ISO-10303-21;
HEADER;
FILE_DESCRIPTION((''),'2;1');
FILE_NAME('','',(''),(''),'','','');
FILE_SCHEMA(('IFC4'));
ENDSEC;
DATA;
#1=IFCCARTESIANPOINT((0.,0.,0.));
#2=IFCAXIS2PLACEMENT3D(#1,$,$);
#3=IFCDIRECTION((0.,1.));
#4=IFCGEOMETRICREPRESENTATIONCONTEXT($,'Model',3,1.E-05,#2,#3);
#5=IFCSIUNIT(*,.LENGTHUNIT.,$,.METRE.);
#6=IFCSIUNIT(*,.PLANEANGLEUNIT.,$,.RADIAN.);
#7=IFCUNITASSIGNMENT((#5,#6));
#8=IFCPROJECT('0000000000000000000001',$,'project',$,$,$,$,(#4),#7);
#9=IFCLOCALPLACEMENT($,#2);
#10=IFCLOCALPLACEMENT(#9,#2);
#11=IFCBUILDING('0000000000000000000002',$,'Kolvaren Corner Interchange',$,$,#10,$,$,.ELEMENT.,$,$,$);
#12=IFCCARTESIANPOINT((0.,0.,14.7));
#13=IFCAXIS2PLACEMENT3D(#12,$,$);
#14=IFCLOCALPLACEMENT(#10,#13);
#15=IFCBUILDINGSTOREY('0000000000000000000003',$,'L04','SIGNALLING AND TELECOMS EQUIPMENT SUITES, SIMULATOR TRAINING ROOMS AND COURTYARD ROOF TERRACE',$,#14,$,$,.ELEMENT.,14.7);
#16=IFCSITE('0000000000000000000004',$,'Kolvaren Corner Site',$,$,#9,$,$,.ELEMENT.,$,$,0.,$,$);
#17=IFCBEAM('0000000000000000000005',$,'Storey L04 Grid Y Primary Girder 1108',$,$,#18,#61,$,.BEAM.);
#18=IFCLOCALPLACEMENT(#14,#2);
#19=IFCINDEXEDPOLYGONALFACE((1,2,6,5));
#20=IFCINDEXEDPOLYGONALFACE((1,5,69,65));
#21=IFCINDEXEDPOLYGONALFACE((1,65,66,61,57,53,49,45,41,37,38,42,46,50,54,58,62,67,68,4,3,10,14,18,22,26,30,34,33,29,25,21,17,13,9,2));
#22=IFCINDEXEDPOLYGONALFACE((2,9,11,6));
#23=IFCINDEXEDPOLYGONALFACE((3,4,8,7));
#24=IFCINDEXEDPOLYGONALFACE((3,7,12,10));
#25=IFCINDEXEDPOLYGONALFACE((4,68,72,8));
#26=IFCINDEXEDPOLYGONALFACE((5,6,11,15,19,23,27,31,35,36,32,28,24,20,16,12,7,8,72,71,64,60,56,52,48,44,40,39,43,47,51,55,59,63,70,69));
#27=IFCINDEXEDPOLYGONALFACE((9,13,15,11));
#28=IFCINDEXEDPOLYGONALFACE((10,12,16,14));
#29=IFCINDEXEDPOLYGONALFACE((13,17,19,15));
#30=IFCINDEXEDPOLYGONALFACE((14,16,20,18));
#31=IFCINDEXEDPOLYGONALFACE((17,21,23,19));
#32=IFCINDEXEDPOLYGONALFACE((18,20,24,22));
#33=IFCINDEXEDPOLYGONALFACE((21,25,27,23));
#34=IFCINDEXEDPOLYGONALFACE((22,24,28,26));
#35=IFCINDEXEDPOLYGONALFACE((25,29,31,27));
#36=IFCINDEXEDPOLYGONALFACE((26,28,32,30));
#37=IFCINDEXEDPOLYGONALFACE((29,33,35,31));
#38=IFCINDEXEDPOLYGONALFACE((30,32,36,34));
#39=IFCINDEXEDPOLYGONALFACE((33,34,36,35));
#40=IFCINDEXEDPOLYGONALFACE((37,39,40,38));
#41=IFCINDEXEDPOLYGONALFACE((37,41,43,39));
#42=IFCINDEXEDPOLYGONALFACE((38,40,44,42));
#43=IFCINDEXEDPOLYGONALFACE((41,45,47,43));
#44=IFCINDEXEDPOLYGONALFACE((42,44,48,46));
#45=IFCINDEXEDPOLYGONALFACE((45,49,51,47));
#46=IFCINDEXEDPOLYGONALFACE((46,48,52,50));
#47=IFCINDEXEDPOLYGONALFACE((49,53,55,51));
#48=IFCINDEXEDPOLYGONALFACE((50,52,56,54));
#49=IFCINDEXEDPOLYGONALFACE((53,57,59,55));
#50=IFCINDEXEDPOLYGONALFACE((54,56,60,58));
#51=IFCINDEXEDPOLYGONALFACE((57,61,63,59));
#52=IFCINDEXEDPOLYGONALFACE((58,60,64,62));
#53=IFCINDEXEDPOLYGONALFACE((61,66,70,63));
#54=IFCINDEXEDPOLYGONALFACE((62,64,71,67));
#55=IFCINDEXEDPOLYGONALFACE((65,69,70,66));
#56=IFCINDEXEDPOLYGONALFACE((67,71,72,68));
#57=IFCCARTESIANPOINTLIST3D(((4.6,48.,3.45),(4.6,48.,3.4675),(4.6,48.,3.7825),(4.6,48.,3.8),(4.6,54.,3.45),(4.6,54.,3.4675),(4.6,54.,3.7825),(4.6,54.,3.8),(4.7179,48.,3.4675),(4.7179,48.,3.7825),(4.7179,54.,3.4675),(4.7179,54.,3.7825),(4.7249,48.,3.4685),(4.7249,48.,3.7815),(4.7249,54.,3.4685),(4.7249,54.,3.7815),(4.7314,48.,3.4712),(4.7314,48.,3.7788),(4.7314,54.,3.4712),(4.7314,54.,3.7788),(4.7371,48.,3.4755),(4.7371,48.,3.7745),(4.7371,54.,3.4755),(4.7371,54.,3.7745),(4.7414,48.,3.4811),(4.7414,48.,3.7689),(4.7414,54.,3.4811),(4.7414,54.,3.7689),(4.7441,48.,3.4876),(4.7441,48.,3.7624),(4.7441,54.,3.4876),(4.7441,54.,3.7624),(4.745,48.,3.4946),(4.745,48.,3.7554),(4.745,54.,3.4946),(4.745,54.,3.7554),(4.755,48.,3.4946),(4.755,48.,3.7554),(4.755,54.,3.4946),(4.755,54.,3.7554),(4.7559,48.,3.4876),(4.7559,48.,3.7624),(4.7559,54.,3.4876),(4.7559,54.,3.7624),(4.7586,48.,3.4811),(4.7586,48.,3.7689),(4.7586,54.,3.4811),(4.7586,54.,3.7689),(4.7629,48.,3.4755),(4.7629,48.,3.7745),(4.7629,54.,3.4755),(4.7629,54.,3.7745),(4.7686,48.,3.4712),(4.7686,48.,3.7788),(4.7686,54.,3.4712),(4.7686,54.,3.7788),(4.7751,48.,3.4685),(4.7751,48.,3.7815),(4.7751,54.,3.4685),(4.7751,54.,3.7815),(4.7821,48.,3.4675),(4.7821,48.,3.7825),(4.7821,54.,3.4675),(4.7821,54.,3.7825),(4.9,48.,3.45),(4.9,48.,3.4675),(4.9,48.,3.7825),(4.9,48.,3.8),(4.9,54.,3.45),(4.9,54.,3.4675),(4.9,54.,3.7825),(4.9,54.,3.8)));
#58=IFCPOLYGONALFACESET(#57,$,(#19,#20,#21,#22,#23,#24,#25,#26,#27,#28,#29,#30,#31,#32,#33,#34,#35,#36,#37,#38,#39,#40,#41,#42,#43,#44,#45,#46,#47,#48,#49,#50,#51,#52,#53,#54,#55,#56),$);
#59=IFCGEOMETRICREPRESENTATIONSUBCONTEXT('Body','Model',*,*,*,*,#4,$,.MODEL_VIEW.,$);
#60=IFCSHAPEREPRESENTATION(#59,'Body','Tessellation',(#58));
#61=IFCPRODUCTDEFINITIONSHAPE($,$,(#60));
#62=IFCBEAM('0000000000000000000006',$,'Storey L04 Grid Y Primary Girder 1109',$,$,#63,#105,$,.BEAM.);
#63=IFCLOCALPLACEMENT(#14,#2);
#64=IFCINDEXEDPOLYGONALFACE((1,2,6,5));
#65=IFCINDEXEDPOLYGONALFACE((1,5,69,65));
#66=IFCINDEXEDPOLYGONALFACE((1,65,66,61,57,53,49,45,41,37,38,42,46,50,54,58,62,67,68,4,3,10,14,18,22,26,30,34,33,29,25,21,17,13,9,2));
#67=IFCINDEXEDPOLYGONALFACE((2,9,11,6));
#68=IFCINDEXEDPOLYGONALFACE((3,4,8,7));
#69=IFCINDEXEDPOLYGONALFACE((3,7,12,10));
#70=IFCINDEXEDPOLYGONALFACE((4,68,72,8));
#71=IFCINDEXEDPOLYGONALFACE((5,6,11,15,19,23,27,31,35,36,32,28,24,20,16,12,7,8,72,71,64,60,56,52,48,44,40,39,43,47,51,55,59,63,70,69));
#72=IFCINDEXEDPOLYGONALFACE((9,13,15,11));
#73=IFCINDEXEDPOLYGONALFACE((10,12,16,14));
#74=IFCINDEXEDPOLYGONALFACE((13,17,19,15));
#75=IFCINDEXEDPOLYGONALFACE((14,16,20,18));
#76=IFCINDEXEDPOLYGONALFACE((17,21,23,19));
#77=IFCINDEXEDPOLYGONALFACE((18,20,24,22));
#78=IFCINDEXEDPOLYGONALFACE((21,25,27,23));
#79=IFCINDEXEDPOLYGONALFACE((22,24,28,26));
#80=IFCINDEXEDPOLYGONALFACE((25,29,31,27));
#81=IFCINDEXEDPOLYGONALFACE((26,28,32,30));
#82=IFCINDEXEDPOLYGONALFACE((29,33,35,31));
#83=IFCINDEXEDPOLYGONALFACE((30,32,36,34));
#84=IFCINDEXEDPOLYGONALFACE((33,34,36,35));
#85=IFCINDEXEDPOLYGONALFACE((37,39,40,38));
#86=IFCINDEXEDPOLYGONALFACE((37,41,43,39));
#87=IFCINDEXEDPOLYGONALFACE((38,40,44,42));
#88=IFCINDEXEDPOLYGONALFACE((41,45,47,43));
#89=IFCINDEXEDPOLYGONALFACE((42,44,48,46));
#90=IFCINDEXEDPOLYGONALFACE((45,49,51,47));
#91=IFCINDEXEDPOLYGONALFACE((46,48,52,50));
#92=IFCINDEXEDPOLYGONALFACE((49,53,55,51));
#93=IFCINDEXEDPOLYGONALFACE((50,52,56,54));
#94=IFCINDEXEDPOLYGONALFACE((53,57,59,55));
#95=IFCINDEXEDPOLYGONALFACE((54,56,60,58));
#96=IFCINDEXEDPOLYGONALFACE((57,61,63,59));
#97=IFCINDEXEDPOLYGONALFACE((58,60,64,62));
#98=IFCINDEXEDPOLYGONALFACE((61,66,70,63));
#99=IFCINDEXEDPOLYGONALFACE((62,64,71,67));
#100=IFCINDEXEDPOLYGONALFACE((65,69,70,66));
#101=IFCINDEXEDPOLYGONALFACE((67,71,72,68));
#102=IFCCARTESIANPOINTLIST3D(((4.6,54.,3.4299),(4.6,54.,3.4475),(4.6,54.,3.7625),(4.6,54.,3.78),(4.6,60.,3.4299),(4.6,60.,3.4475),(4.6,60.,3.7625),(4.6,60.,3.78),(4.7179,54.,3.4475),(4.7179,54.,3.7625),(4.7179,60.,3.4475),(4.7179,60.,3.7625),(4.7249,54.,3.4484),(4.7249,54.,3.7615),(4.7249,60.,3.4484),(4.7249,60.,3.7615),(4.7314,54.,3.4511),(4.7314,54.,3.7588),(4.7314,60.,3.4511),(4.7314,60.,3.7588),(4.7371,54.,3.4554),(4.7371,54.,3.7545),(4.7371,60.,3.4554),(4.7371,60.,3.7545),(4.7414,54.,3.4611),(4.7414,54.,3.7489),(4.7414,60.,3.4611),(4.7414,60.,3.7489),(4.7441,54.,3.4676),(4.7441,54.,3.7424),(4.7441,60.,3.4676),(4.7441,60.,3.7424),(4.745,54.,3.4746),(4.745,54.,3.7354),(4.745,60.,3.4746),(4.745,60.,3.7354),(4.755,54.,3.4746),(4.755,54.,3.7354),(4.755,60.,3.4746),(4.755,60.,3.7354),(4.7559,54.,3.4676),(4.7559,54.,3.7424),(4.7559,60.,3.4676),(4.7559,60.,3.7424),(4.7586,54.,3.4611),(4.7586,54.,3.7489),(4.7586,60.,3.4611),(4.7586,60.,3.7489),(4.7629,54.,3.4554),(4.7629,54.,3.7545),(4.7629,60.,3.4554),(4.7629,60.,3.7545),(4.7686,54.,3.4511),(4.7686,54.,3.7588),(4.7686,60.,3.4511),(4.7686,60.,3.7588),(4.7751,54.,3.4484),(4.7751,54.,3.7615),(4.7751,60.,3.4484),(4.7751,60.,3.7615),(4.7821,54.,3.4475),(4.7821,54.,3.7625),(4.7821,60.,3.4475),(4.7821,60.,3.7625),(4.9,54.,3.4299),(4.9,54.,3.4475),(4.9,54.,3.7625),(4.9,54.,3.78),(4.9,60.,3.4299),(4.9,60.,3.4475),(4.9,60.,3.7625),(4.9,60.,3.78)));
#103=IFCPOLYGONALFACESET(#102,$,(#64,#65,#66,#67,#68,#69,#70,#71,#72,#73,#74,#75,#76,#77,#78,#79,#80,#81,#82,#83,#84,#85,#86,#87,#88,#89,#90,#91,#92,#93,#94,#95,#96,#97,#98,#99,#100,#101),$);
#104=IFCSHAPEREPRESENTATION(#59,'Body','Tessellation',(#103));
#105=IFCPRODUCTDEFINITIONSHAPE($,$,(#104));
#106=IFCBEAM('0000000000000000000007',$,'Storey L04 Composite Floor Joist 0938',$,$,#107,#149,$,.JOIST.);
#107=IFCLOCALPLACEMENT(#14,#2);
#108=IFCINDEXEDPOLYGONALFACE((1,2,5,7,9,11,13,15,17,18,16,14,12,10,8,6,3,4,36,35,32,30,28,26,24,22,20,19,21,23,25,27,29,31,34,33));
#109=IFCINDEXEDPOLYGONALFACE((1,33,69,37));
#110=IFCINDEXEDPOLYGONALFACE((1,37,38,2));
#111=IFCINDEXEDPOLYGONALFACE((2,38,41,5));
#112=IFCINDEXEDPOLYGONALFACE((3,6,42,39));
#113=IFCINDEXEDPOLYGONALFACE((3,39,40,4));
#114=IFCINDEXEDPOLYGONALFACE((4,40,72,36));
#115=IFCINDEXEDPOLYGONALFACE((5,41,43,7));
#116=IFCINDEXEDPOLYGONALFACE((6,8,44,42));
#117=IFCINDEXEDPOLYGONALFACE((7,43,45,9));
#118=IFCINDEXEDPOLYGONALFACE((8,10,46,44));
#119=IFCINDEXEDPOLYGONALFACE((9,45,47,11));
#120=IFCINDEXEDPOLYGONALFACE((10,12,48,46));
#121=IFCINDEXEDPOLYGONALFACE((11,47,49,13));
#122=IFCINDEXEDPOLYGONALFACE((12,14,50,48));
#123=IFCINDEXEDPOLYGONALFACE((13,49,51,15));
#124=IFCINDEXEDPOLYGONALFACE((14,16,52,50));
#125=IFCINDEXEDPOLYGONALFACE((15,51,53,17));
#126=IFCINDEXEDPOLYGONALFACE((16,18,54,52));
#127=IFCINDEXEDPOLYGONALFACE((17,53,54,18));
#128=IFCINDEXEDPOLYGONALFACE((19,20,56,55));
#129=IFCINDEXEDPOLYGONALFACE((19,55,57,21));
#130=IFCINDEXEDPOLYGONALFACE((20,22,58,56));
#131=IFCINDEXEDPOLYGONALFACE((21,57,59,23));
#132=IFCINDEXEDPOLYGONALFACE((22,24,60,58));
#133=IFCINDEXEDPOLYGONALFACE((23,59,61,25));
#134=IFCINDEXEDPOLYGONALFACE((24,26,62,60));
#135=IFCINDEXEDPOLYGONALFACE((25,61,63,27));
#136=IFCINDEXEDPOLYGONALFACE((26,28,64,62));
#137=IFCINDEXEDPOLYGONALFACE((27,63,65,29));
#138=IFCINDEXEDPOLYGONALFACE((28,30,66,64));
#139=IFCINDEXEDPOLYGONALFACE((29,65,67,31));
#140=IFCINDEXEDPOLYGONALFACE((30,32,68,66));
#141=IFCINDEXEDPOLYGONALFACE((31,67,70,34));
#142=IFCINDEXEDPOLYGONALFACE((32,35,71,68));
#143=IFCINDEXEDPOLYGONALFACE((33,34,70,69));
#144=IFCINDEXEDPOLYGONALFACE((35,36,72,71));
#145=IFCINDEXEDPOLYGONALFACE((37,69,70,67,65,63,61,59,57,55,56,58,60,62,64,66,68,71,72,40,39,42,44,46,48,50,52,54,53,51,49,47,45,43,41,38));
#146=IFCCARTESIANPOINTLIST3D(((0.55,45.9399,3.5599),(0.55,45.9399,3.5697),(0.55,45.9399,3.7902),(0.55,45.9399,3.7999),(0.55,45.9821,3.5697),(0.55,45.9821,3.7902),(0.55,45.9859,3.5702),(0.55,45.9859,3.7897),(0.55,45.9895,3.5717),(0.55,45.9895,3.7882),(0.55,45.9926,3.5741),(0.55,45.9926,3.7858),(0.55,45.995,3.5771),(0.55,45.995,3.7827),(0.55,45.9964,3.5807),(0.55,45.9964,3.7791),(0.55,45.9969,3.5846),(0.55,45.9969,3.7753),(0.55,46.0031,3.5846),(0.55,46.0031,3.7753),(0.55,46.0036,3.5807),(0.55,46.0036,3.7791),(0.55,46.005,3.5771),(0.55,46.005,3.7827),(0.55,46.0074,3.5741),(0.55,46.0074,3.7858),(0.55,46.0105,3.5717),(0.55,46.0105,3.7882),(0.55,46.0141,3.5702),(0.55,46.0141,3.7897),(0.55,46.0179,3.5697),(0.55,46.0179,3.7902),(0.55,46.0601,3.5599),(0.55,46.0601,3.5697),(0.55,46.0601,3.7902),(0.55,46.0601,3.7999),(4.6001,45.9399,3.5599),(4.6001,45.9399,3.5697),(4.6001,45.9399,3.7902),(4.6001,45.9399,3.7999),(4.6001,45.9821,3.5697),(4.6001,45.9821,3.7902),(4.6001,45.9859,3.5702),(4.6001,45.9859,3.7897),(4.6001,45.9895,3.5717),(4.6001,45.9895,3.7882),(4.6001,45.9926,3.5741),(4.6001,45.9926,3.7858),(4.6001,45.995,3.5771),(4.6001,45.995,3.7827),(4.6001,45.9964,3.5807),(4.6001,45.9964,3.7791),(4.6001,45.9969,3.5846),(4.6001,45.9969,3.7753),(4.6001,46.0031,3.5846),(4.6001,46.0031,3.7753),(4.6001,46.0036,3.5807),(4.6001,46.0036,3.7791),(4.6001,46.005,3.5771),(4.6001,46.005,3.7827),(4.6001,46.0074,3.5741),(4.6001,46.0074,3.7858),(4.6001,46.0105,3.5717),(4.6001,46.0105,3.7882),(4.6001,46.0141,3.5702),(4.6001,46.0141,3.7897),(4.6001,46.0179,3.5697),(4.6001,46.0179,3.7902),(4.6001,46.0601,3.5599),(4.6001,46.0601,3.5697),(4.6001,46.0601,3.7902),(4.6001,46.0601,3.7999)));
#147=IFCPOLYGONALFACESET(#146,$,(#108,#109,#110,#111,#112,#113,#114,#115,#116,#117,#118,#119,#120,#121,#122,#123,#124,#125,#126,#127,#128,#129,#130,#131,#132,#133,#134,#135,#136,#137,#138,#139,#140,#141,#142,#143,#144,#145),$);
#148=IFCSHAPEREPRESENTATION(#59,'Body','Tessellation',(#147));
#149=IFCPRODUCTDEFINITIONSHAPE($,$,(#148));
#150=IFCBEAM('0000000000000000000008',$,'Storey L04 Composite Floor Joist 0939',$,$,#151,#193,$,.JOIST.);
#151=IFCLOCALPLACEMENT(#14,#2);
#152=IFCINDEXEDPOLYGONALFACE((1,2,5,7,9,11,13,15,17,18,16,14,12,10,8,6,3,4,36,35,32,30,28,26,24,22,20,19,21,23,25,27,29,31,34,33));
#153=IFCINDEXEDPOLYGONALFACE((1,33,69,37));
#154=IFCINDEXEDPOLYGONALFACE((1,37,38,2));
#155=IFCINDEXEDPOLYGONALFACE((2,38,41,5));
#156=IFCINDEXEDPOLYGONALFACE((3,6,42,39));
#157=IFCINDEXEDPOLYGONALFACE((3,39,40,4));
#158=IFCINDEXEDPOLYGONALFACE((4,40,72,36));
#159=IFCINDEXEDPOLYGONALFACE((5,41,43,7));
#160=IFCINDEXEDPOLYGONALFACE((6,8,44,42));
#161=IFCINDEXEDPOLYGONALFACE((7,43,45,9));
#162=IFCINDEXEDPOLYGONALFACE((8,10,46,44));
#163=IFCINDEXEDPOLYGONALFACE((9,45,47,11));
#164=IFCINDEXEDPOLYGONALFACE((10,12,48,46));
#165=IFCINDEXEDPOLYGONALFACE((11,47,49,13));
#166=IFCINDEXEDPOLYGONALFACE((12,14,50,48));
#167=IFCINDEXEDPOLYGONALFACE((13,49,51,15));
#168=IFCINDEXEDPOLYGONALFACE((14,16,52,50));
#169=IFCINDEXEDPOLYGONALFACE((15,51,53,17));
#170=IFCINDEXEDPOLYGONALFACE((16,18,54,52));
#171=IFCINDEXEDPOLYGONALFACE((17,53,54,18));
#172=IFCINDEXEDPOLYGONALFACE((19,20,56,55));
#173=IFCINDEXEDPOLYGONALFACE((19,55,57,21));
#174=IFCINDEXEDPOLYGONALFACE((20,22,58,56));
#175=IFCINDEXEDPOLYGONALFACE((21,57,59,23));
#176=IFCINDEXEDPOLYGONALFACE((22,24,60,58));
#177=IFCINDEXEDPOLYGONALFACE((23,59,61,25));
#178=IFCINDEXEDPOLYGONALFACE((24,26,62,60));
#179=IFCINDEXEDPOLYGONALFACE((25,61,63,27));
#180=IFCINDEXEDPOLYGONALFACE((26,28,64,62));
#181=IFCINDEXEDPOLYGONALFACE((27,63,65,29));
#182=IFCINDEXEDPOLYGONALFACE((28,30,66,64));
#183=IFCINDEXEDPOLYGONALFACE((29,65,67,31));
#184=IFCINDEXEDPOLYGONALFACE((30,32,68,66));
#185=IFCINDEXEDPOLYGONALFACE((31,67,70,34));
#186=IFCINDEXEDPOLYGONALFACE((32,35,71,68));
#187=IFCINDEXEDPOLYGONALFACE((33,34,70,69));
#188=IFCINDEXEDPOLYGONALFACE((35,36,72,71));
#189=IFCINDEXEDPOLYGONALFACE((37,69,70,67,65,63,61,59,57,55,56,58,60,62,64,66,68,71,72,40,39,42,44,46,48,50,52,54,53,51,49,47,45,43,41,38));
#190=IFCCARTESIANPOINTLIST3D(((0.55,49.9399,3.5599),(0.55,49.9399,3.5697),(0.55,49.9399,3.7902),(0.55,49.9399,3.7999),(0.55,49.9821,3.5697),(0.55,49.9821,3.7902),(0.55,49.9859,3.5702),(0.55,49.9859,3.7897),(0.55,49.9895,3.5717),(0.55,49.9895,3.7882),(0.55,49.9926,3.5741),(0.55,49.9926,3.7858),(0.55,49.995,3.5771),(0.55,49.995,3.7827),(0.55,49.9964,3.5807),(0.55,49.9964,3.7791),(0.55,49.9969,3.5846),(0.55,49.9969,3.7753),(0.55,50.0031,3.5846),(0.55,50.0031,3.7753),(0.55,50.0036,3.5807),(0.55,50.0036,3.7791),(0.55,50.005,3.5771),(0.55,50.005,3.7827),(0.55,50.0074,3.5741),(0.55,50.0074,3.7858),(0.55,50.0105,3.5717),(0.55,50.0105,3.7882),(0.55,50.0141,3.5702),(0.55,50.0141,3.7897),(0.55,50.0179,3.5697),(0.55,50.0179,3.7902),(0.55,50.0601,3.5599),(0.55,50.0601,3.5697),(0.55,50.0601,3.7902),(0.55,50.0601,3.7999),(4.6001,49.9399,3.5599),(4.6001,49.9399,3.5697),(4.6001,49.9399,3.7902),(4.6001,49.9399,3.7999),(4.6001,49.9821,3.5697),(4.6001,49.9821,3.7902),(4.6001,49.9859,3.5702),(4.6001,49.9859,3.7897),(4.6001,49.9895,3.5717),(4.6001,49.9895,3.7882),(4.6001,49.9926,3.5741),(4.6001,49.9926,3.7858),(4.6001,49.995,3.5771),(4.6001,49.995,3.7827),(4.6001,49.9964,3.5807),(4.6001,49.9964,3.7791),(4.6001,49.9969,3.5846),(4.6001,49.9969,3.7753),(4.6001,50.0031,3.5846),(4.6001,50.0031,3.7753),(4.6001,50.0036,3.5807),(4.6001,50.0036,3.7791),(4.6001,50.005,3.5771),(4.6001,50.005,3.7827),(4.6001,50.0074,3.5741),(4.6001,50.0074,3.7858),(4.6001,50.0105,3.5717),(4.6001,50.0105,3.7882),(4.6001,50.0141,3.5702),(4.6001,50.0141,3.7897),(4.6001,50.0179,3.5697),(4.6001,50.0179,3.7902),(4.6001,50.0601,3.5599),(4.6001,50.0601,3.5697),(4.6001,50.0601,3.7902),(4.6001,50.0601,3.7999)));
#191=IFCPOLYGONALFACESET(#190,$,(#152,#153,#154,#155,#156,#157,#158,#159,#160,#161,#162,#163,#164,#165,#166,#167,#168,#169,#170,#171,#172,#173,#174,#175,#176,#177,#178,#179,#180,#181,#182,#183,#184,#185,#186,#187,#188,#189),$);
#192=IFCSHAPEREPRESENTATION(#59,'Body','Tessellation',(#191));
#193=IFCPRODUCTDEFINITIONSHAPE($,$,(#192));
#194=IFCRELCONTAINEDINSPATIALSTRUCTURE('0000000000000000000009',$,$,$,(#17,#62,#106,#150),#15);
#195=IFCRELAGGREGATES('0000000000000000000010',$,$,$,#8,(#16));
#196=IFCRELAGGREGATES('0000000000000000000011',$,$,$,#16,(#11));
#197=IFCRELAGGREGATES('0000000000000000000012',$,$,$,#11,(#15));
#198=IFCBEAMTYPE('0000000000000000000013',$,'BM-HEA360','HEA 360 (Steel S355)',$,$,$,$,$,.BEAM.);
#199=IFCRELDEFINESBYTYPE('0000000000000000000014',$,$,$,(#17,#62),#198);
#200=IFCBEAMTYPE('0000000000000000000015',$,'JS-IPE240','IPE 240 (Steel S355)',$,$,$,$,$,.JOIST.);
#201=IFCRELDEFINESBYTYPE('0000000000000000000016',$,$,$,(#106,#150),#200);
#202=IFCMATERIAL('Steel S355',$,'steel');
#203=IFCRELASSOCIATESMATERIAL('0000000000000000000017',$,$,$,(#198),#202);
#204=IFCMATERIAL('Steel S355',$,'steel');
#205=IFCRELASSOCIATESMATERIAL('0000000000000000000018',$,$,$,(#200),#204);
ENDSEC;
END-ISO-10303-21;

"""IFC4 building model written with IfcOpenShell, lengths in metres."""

from ifc_helpers import new_model, si_unit, direction, frame, origin, origin_2d, place, context, subcontext, project, spatial, i_section, extrude, material, material_profile, profile_set, type_object, element, save


model = new_model("IFC4")

# Units and contexts
model_context = context("Model", 3, precision=1e-05, world=origin(), true_north=direction((0.0, 1.0)))
body_context = subcontext(model_context, "Body", "Model", "MODEL_VIEW")
ifc_project = project(units=[si_unit("LENGTHUNIT", "METRE"), si_unit("PLANEANGLEUNIT", "RADIAN")], contexts=[model_context])

# Site, building, storey
site_placement = place(None, origin())
site = spatial("IfcSite", under=ifc_project, at=site_placement, Name="Kolvaren Corner Site", CompositionType="ELEMENT", RefElevation=0.0)
building_placement = place(site_placement, origin())
building = spatial("IfcBuilding", under=site, at=building_placement, Name="Kolvaren Corner Interchange", CompositionType="ELEMENT")
storey_placement = place(building_placement, frame((0.0, 0.0, 14.7)))
storey = spatial("IfcBuildingStorey", under=building, at=storey_placement, Name="L04", Description="SIGNALLING AND TELECOMS EQUIPMENT SUITES, SIMULATOR TRAINING ROOMS AND COURTYARD ROOF TERRACE", CompositionType="ELEMENT", Elevation=14.7)

# Beams
ifc_material_1 = material(Name="Steel S355", Category="steel")
ifc_material_profile_1 = material_profile(ifc_material_1, i_section(OverallWidth=0.3, OverallDepth=0.3501, WebThickness=0.01, FlangeThickness=0.0176, FilletRadius=0.0271, at=origin_2d()), Name="HEA 360")
ifc_profile_set_1 = profile_set([ifc_material_profile_1], Name="Steel S355")
beam_type_1 = type_object("IfcBeamType", Name="BM-HEA360", Description="HEA 360 (Steel S355)", PredefinedType="BEAM", material=ifc_profile_set_1)
for number, where, z_axis, x_axis, name in (
    (1, (4.75, 48.0, 3.625), (0.0, 1.0, 0.0), (-1.0, 0.0, 0.0), "Storey L04 Grid Y Primary Girder 1108"),
    (2, (4.75, 54.0, 3.605), (0.0, 1.0, 0.0), (-1.0, 0.0, 0.0), "Storey L04 Grid Y Primary Girder 1109"),
):
    element("IfcBeam", number, at=place(storey_placement, frame(where, z_axis=z_axis, x_axis=x_axis)), inside=storey, type_object=beam_type_1, Name=name, PredefinedType="BEAM", context=body_context, shape_type="SweptSolid", body=[
        extrude(i_section(OverallWidth=0.3, OverallDepth=0.3501, WebThickness=0.01, FlangeThickness=0.0176, FilletRadius=0.0271, at=origin_2d()), origin(), (0.0, 0.0, 1.0), 6.0),
    ])
ifc_material_2 = material(Name="Steel S355", Category="steel")
ifc_material_profile_2 = material_profile(ifc_material_2, i_section(OverallWidth=0.1201, OverallDepth=0.24, WebThickness=0.0061, FlangeThickness=0.0098, FilletRadius=0.0149, at=origin_2d()), Name="IPE 240")
ifc_profile_set_2 = profile_set([ifc_material_profile_2], Name="Steel S355")
beam_type_2 = type_object("IfcBeamType", Name="JS-IPE240", Description="IPE 240 (Steel S355)", PredefinedType="JOIST", material=ifc_profile_set_2)
for number, where, z_axis, x_axis, name in (
    (3, (0.55, 46.0, 3.6799), (1.0, 0.0, 0.0), (0.0, 1.0, 0.0), "Storey L04 Composite Floor Joist 0938"),
    (4, (0.55, 50.0, 3.6799), (1.0, 0.0, 0.0), (0.0, 1.0, 0.0), "Storey L04 Composite Floor Joist 0939"),
):
    element("IfcBeam", number, at=place(storey_placement, frame(where, z_axis=z_axis, x_axis=x_axis)), inside=storey, type_object=beam_type_2, Name=name, PredefinedType="JOIST", context=body_context, shape_type="SweptSolid", body=[
        extrude(i_section(OverallWidth=0.1201, OverallDepth=0.24, WebThickness=0.0061, FlangeThickness=0.0098, FilletRadius=0.0149, at=origin_2d()), origin(), (0.0, 0.0, 1.0), 4.05),
    ])

save(model, "model.ifc")
